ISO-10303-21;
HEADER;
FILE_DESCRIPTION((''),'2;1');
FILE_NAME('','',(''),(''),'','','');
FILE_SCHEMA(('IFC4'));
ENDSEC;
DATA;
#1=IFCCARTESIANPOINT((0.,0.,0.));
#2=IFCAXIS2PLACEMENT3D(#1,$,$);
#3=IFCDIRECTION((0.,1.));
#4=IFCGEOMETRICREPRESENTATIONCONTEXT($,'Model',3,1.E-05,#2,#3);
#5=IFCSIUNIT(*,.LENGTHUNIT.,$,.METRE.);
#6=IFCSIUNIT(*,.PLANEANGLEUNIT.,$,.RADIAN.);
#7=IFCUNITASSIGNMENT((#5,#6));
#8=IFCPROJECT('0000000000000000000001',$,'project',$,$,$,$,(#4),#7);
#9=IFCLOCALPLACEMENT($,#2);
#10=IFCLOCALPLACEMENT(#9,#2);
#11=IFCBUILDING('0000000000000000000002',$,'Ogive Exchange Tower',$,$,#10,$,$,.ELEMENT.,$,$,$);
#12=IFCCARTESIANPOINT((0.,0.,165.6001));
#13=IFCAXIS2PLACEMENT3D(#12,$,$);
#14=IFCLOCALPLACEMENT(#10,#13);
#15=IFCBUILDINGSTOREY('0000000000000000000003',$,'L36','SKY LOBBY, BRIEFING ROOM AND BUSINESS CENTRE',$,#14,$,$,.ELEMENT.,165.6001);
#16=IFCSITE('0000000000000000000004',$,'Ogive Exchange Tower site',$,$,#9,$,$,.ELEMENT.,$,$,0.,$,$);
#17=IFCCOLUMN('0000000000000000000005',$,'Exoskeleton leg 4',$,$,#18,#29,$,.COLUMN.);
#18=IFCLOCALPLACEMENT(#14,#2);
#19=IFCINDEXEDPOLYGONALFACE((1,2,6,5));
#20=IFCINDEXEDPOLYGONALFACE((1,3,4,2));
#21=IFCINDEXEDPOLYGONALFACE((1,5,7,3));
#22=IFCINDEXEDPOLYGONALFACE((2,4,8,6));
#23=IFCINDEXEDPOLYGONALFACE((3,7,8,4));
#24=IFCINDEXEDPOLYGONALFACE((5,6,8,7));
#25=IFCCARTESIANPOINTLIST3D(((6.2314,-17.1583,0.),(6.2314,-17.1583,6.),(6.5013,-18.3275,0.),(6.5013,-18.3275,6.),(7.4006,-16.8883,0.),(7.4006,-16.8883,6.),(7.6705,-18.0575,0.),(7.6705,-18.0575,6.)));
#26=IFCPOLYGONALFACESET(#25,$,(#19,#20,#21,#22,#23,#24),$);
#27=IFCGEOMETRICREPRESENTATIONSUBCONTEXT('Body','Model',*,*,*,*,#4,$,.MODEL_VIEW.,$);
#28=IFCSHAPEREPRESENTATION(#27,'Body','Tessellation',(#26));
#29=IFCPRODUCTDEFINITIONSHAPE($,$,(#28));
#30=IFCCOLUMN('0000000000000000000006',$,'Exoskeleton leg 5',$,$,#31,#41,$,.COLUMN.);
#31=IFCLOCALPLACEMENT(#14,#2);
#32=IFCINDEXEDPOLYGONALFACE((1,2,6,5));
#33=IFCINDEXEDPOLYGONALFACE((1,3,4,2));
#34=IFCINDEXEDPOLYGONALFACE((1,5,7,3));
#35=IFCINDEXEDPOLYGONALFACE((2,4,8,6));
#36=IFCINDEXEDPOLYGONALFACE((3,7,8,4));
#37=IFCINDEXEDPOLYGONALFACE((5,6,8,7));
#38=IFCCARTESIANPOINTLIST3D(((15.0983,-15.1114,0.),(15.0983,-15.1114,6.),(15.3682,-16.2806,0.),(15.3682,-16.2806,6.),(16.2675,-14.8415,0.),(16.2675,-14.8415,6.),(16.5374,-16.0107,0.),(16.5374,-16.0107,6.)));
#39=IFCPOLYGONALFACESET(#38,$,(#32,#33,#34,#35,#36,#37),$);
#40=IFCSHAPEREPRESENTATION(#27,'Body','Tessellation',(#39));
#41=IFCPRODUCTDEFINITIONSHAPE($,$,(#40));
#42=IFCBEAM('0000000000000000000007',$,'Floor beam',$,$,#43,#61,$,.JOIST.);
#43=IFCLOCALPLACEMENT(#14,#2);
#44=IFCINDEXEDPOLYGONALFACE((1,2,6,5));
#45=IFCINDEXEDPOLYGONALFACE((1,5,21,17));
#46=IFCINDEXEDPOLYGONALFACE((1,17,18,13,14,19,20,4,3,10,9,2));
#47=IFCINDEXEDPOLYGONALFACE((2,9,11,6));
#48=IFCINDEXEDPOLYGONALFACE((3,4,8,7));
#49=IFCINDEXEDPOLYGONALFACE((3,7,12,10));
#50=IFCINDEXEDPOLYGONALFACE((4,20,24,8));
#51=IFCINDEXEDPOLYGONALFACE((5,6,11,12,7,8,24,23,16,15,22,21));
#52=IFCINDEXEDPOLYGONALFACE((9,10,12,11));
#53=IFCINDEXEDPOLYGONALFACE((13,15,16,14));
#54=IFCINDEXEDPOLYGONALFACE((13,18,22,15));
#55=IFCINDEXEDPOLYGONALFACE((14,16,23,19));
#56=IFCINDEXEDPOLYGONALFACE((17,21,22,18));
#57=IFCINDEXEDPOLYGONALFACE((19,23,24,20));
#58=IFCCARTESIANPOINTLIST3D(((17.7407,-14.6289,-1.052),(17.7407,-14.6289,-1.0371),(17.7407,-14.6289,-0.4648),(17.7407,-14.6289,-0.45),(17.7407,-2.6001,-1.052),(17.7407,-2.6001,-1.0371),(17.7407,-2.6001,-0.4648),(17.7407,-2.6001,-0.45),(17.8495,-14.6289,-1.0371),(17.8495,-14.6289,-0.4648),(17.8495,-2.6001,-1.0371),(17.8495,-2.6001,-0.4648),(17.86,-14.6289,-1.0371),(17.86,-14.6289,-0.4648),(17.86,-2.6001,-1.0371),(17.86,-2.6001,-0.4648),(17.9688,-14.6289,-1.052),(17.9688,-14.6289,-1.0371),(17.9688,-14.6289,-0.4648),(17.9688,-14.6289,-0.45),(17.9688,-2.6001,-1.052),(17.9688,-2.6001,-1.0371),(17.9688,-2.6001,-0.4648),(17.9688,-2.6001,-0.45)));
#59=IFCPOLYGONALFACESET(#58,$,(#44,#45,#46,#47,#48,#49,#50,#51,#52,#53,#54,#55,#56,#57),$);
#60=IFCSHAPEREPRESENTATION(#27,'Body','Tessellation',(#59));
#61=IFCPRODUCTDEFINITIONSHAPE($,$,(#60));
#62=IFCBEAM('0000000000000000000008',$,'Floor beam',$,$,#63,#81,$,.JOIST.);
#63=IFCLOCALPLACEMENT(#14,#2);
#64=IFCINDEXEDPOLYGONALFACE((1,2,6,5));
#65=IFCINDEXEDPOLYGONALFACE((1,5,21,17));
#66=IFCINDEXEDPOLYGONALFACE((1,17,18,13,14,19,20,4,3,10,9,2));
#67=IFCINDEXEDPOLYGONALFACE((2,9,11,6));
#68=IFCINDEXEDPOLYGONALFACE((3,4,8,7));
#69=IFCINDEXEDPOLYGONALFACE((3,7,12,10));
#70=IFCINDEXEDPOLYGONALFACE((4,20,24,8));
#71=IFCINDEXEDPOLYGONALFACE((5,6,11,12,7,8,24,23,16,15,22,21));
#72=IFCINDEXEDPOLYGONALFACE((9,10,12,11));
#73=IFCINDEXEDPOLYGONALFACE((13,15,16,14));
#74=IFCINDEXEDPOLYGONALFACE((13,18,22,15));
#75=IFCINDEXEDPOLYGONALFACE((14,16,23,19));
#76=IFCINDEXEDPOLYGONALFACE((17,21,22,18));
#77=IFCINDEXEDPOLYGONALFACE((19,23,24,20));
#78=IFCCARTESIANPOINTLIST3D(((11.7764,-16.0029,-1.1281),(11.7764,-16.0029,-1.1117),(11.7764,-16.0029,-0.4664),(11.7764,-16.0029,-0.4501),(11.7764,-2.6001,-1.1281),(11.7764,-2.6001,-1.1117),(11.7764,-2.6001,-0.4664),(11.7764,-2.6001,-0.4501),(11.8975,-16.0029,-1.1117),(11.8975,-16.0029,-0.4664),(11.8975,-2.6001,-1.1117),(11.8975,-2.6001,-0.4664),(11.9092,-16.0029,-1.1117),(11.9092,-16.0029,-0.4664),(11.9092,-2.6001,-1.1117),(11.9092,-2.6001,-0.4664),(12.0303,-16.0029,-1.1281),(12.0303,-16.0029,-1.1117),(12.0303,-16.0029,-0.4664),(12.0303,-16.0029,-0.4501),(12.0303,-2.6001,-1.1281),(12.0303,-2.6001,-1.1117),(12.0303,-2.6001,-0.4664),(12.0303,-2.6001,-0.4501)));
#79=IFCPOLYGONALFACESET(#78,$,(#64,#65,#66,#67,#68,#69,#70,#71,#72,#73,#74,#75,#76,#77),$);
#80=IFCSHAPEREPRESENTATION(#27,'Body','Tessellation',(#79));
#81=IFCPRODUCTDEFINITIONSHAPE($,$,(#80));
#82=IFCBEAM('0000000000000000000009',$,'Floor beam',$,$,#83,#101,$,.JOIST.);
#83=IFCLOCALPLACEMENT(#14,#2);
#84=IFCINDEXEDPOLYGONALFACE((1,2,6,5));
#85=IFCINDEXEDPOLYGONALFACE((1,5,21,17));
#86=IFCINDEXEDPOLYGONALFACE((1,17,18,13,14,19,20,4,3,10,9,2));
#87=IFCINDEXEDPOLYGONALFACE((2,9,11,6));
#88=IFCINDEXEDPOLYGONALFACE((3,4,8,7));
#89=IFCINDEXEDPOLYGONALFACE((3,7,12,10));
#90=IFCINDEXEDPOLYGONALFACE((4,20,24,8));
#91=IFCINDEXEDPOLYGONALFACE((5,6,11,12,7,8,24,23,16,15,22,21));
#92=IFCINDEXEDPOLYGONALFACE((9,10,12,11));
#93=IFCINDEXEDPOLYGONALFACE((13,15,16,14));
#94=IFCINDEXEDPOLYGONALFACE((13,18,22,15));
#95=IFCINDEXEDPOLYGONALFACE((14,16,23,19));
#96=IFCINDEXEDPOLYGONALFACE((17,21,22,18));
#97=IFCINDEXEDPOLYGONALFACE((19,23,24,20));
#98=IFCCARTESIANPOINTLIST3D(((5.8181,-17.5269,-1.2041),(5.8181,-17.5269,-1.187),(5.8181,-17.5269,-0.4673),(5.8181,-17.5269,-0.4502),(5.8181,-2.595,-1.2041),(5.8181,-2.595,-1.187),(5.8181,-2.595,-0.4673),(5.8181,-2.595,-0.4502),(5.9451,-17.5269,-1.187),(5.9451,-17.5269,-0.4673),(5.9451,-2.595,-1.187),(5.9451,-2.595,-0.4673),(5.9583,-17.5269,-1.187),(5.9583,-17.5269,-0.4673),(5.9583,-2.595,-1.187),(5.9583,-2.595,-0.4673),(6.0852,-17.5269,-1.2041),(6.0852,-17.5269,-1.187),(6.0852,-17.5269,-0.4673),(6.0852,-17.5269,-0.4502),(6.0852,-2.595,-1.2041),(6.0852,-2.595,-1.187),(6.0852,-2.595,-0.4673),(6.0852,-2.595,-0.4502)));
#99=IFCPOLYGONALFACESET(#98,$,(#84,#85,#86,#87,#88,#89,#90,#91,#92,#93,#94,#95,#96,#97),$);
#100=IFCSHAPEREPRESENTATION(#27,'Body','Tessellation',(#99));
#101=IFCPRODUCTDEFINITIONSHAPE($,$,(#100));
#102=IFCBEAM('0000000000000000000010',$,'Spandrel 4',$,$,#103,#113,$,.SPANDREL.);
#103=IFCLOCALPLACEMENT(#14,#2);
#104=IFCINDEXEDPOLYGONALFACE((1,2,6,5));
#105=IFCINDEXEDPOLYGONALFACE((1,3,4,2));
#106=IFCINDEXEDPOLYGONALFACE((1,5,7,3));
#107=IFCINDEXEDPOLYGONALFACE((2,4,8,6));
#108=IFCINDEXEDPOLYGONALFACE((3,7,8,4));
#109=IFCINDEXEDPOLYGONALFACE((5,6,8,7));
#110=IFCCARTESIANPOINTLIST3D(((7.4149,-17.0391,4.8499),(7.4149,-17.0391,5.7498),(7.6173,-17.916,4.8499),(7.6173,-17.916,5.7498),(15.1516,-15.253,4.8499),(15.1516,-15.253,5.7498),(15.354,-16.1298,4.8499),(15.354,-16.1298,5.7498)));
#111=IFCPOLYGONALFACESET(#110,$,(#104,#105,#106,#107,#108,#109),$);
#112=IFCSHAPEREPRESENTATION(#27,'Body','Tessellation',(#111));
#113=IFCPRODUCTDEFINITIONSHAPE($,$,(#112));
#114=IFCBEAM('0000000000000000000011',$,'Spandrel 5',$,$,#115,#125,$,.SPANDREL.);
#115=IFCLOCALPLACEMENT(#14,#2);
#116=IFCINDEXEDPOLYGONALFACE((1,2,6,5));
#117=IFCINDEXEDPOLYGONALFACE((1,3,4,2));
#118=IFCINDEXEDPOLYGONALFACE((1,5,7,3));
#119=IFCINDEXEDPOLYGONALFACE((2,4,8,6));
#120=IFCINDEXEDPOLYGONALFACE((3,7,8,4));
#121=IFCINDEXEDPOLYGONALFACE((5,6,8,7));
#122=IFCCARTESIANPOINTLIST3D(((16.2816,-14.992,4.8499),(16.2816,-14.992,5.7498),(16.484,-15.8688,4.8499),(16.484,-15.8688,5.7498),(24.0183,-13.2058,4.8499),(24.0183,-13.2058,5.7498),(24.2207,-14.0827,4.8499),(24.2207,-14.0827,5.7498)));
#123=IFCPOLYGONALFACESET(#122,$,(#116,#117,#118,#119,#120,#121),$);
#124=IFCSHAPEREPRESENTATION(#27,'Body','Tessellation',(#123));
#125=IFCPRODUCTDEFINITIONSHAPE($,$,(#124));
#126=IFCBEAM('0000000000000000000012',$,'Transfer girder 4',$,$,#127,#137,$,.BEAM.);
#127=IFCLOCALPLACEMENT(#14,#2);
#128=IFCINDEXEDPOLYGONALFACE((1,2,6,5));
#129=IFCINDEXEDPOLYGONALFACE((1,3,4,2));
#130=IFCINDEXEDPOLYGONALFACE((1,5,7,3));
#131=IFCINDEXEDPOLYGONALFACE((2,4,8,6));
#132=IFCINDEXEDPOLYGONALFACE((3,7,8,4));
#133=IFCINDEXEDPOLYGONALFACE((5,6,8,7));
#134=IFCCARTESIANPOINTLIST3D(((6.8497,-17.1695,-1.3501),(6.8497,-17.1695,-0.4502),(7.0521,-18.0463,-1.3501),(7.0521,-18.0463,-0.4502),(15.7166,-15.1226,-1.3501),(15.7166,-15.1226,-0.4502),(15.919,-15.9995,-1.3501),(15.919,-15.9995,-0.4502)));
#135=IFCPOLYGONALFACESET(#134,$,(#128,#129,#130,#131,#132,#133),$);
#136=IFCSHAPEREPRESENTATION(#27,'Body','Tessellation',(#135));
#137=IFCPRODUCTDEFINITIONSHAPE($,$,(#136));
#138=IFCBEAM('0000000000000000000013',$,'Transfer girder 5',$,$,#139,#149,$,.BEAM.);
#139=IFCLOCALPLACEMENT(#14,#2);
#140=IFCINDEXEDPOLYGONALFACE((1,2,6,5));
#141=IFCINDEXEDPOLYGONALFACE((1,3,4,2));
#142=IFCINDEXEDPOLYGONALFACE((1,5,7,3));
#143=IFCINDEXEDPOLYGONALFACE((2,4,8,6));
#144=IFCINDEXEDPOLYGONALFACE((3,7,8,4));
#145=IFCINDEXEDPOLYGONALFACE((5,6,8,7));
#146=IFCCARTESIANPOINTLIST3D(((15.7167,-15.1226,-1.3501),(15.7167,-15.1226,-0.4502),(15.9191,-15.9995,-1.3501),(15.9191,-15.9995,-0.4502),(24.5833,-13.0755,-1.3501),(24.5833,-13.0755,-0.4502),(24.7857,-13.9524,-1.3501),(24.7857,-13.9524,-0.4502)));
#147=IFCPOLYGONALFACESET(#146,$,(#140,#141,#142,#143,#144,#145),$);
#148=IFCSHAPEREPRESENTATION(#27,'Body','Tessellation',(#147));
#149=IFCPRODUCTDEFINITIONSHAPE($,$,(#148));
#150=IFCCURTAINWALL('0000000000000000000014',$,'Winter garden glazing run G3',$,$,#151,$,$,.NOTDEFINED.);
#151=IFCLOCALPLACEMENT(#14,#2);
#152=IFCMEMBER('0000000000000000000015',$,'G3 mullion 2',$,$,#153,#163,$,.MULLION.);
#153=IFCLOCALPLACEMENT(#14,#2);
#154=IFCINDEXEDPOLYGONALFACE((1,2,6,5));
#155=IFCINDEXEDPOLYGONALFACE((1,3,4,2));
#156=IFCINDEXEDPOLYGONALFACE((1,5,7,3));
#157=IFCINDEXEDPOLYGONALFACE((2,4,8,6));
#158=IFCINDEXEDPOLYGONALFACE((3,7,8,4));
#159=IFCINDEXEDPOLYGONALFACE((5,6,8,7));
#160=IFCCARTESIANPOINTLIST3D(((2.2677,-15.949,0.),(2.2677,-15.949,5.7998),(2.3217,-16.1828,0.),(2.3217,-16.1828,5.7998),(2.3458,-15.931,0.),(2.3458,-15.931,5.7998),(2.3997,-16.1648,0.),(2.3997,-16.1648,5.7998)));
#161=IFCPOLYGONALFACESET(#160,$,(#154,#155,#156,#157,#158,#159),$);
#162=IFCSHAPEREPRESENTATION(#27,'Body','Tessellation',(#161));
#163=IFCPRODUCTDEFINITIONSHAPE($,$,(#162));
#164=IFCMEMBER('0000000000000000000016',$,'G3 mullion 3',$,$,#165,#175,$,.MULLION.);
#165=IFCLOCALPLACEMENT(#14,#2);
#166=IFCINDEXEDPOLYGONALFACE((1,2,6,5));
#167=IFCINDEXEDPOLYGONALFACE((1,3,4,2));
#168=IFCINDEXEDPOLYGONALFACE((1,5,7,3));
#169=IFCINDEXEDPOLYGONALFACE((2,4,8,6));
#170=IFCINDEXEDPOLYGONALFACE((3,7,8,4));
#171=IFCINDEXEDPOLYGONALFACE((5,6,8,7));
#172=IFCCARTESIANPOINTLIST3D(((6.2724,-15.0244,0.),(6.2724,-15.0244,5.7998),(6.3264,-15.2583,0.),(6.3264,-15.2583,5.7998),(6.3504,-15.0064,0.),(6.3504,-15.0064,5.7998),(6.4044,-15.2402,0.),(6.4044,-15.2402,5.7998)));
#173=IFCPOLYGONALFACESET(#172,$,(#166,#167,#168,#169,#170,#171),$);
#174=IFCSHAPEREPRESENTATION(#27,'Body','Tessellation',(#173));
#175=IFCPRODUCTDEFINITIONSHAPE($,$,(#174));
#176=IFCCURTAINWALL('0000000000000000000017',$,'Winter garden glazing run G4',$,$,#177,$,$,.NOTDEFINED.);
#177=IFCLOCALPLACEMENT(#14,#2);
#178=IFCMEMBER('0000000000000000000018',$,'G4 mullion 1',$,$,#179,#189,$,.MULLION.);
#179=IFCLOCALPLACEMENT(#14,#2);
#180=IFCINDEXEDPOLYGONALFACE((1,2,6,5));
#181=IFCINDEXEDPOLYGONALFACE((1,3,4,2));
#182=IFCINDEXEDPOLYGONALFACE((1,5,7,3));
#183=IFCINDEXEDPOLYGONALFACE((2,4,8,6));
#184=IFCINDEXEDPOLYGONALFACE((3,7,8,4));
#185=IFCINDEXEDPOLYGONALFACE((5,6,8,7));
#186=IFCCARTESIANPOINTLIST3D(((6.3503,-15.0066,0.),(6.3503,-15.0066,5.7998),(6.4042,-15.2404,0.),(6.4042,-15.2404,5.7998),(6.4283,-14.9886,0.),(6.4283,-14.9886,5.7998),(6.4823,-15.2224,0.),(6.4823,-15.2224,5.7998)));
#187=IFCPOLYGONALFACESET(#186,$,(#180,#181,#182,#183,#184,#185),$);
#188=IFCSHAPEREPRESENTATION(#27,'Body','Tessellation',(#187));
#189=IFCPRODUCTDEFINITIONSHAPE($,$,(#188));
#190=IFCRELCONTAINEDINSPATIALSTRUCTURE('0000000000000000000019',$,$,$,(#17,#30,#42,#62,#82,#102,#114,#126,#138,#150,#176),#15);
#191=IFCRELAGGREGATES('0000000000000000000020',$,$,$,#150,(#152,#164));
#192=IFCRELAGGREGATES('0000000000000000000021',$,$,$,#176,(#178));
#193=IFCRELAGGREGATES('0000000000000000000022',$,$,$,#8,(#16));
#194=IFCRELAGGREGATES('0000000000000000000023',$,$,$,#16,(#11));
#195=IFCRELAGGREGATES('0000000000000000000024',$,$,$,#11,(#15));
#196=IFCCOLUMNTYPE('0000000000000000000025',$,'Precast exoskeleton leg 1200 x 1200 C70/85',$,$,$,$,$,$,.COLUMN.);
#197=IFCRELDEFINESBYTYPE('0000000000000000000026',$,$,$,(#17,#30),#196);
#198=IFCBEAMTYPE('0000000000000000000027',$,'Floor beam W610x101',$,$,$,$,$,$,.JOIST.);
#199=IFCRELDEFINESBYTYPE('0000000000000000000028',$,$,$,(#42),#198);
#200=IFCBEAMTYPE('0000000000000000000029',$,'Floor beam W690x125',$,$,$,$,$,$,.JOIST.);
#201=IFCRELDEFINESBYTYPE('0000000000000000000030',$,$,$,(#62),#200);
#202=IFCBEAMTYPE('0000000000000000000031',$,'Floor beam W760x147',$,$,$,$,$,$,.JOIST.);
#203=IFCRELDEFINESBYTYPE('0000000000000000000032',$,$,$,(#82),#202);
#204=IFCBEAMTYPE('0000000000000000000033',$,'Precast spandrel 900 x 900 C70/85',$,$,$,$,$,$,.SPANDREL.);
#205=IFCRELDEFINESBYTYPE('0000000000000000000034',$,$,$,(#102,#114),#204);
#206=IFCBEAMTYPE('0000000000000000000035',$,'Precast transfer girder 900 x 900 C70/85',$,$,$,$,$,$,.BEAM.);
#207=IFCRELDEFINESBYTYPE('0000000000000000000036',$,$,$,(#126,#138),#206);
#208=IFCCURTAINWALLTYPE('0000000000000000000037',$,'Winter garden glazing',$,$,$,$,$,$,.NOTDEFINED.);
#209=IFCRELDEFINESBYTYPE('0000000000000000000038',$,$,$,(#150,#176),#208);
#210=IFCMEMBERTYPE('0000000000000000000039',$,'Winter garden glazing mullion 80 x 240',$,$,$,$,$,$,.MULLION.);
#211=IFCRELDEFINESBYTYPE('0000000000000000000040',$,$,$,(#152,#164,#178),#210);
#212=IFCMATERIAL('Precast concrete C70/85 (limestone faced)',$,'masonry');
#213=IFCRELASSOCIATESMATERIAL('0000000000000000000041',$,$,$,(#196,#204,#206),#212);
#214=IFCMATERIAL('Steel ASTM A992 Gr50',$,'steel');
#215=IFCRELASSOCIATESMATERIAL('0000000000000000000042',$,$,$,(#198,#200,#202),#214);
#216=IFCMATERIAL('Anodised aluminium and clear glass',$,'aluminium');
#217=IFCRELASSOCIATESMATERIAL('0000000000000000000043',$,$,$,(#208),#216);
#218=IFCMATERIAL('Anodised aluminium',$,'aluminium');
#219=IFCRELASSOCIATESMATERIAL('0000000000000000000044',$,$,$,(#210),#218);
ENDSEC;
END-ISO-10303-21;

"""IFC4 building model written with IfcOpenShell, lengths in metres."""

from ifc_helpers import new_model, si_unit, direction, frame, origin, origin_2d, place, context, subcontext, project, spatial, rectangle, i_section, extrude, material, material_profile, profile_set, type_object, element, aggregate, save


model = new_model("IFC4")

# Units and contexts
model_context = context("Model", 3, precision=1e-05, world=origin(), true_north=direction((0.0, 1.0)))
body_context = subcontext(model_context, "Body", "Model", "MODEL_VIEW")
ifc_project = project(units=[si_unit("LENGTHUNIT", "METRE"), si_unit("PLANEANGLEUNIT", "RADIAN")], contexts=[model_context])

# Site, building, storey
site_placement = place(None, origin())
site = spatial("IfcSite", under=ifc_project, at=site_placement, Name="Ogive Exchange Tower site", CompositionType="ELEMENT", RefElevation=0.0)
building_placement = place(site_placement, origin())
building = spatial("IfcBuilding", under=site, at=building_placement, Name="Ogive Exchange Tower", CompositionType="ELEMENT")
storey_placement = place(building_placement, frame((0.0, 0.0, 165.6001)))
storey = spatial("IfcBuildingStorey", under=building, at=storey_placement, Name="L36", Description="SKY LOBBY, BRIEFING ROOM AND BUSINESS CENTRE", CompositionType="ELEMENT", Elevation=165.6001)

# Columns
ifc_material_1 = material(Name="Precast concrete C70/85 (limestone faced)", Category="masonry")
ifc_material_profile_1 = material_profile(ifc_material_1, rectangle(XDim=1.2, YDim=1.2, at=origin_2d()), Name="1200 x 1200")
ifc_profile_set_1 = profile_set([ifc_material_profile_1], Name="Precast concrete C70/85 (limestone faced)")
column_type = type_object("IfcColumnType", Name="Precast exoskeleton leg 1200 x 1200 C70/85", PredefinedType="COLUMN", material=ifc_profile_set_1)
for number, where, z_axis, x_axis, name in (
    (1, (6.9509, -17.6079, 0.0), (0.0, 0.0, 1.0), (0.97437, 0.224951, 0.0), "Exoskeleton leg 4"),
    (2, (15.8179, -15.561, 0.0), (0.0, 0.0, 1.0), (0.97437, 0.224951, 0.0), "Exoskeleton leg 5"),
):
    element("IfcColumn", number, at=place(storey_placement, frame(where, z_axis=z_axis, x_axis=x_axis)), inside=storey, type_object=column_type, Name=name, PredefinedType="COLUMN", context=body_context, shape_type="SweptSolid", body=[
        extrude(rectangle(XDim=1.2, YDim=1.2, at=origin_2d()), origin(), (0.0, 0.0, 1.0), 6.0),
    ])

# Beams
ifc_material_2 = material(Name="Steel ASTM A992 Gr50", Category="steel")
ifc_material_profile_2 = material_profile(ifc_material_2, i_section(OverallWidth=0.228, OverallDepth=0.6021, WebThickness=0.0105, FlangeThickness=0.0149, at=origin_2d()), Name="W610x101")
ifc_profile_set_2 = profile_set([ifc_material_profile_2], Name="Steel ASTM A992 Gr50")
beam_type_1 = type_object("IfcBeamType", Name="Floor beam W610x101", PredefinedType="JOIST", material=ifc_profile_set_2)
beam_1_placement = place(storey_placement, frame((17.8547, -14.6289, -0.751), z_axis=(0.0, 1.0, 0.0), x_axis=(-1.0, 0.0, 0.0)))
element("IfcBeam", 3, at=beam_1_placement, inside=storey, type_object=beam_type_1, Name="Floor beam", PredefinedType="JOIST", context=body_context, shape_type="SweptSolid", body=[
    extrude(i_section(OverallWidth=0.228, OverallDepth=0.6021, WebThickness=0.0105, FlangeThickness=0.0149, at=origin_2d()), origin(), (0.0, 0.0, 1.0), 12.0288),
])
ifc_material_profile_3 = material_profile(ifc_material_2, i_section(OverallWidth=0.2539, OverallDepth=0.678, WebThickness=0.0117, FlangeThickness=0.0164, at=origin_2d()), Name="W690x125")
ifc_profile_set_3 = profile_set([ifc_material_profile_3], Name="Steel ASTM A992 Gr50")
beam_type_2 = type_object("IfcBeamType", Name="Floor beam W690x125", PredefinedType="JOIST", material=ifc_profile_set_3)
beam_2_placement = place(storey_placement, frame((11.9033, -16.0029, -0.7891), z_axis=(0.0, 1.0, 0.0), x_axis=(-1.0, 0.0, 0.0)))
element("IfcBeam", 4, at=beam_2_placement, inside=storey, type_object=beam_type_2, Name="Floor beam", PredefinedType="JOIST", context=body_context, shape_type="SweptSolid", body=[
    extrude(i_section(OverallWidth=0.2539, OverallDepth=0.678, WebThickness=0.0117, FlangeThickness=0.0164, at=origin_2d()), origin(), (0.0, 0.0, 1.0), 13.4028),
])
ifc_material_profile_4 = material_profile(ifc_material_2, i_section(OverallWidth=0.2671, OverallDepth=0.7539, WebThickness=0.0132, FlangeThickness=0.0171, at=origin_2d()), Name="W760x147")
ifc_profile_set_4 = profile_set([ifc_material_profile_4], Name="Steel ASTM A992 Gr50")
beam_type_3 = type_object("IfcBeamType", Name="Floor beam W760x147", PredefinedType="JOIST", material=ifc_profile_set_4)
beam_3_placement = place(storey_placement, frame((5.9517, -17.5269, -0.8271), z_axis=(0.0, 1.0, 0.0), x_axis=(-1.0, 0.0, 0.0)))
element("IfcBeam", 5, at=beam_3_placement, inside=storey, type_object=beam_type_3, Name="Floor beam", PredefinedType="JOIST", context=body_context, shape_type="SweptSolid", body=[
    extrude(i_section(OverallWidth=0.2671, OverallDepth=0.7539, WebThickness=0.0132, FlangeThickness=0.0171, at=origin_2d()), origin(), (0.0, 0.0, 1.0), 14.9319),
])
ifc_material_profile_5 = material_profile(ifc_material_1, rectangle(XDim=0.8999, YDim=0.8999, at=origin_2d()), Name="900 x 900")
ifc_profile_set_5 = profile_set([ifc_material_profile_5], Name="Precast concrete C70/85 (limestone faced)")
beam_type_4 = type_object("IfcBeamType", Name="Precast spandrel 900 x 900 C70/85", PredefinedType="SPANDREL", material=ifc_profile_set_5)
for number, where, z_axis, x_axis, name in (
    (6, (7.5161, -17.4775, 5.2998), (0.97437, 0.224952, 0.0), (-0.224952, 0.97437, 0.0), "Spandrel 4"),
    (7, (16.3828, -15.4304, 5.2998), (0.97437, 0.224952, 0.0), (-0.224952, 0.97437, 0.0), "Spandrel 5"),
):
    element("IfcBeam", number, at=place(storey_placement, frame(where, z_axis=z_axis, x_axis=x_axis)), inside=storey, type_object=beam_type_4, Name=name, PredefinedType="SPANDREL", context=body_context, shape_type="SweptSolid", body=[
        extrude(rectangle(XDim=0.8999, YDim=0.8999, at=origin_2d()), origin(), (0.0, 0.0, 1.0), 7.9402),
    ])
ifc_material_profile_6 = material_profile(ifc_material_1, rectangle(XDim=0.8999, YDim=0.8999, at=origin_2d()), Name="900 x 900")
ifc_profile_set_6 = profile_set([ifc_material_profile_6], Name="Precast concrete C70/85 (limestone faced)")
beam_type_5 = type_object("IfcBeamType", Name="Precast transfer girder 900 x 900 C70/85", PredefinedType="BEAM", material=ifc_profile_set_6)
beam_4_placement = place(storey_placement, frame((6.9509, -17.6079, -0.9001), z_axis=(0.974375, 0.224928, 0.0), x_axis=(-0.224928, 0.974375, 0.0)))
element("IfcBeam", 8, at=beam_4_placement, inside=storey, type_object=beam_type_5, Name="Transfer girder 4", PredefinedType="BEAM", context=body_context, shape_type="SweptSolid", body=[
    extrude(rectangle(XDim=0.8999, YDim=0.8999, at=origin_2d()), origin(), (0.0, 0.0, 1.0), 9.1001),
])
beam_5_placement = place(storey_placement, frame((15.8179, -15.561, -0.9001), z_axis=(0.974368, 0.224959, 0.0), x_axis=(-0.224959, 0.974368, 0.0)))
element("IfcBeam", 9, at=beam_5_placement, inside=storey, type_object=beam_type_5, Name="Transfer girder 5", PredefinedType="BEAM", context=body_context, shape_type="SweptSolid", body=[
    extrude(rectangle(XDim=0.8999, YDim=0.8999, at=origin_2d()), origin(), (0.0, 0.0, 1.0), 9.0999),
])

# Curtain walls, members
ifc_material_3 = material(Name="Anodised aluminium and clear glass", Category="aluminium")
curtain_wall_type = type_object("IfcCurtainWallType", Name="Winter garden glazing", PredefinedType="NOTDEFINED", material=ifc_material_3)
curtain_wall_1_placement = place(storey_placement, origin())
curtain_wall_1 = element("IfcCurtainWall", 10, at=curtain_wall_1_placement, inside=storey, type_object=curtain_wall_type, Name="Winter garden glazing run G3", PredefinedType="NOTDEFINED")
ifc_material_4 = material(Name="Anodised aluminium", Category="aluminium")
ifc_material_profile_7 = material_profile(ifc_material_4, rectangle(XDim=0.24, YDim=0.0801, at=origin_2d()), Name="AL 80x240")
ifc_profile_set_7 = profile_set([ifc_material_profile_7], Name="Anodised aluminium")
member_type_1 = type_object("IfcMemberType", Name="Winter garden glazing mullion 80 x 240", PredefinedType="MULLION", material=ifc_profile_set_7)
member_1_placement = place(storey_placement, frame((2.3337, -16.0569, 0.0), z_axis=(0.0, 0.0, 1.0), x_axis=(-0.224951, 0.97437, 0.0)))
member_1 = element("IfcMember", 11, at=member_1_placement, type_object=member_type_1, Name="G3 mullion 2", PredefinedType="MULLION", context=body_context, shape_type="SweptSolid", body=[
    extrude(rectangle(XDim=0.24, YDim=0.0801, at=origin_2d()), origin(), (0.0, 0.0, 1.0), 5.7998),
])
member_2_placement = place(storey_placement, frame((6.3384, -15.1323, 0.0), z_axis=(0.0, 0.0, 1.0), x_axis=(-0.224951, 0.97437, 0.0)))
member_2 = element("IfcMember", 12, at=member_2_placement, type_object=member_type_1, Name="G3 mullion 3", PredefinedType="MULLION", context=body_context, shape_type="SweptSolid", body=[
    extrude(rectangle(XDim=0.24, YDim=0.0801, at=origin_2d()), origin(), (0.0, 0.0, 1.0), 5.7998),
])
curtain_wall_2_placement = place(storey_placement, origin())
curtain_wall_2 = element("IfcCurtainWall", 13, at=curtain_wall_2_placement, inside=storey, type_object=curtain_wall_type, Name="Winter garden glazing run G4", PredefinedType="NOTDEFINED")
member_3_placement = place(storey_placement, frame((6.4163, -15.1145, 0.0), z_axis=(0.0, 0.0, 1.0), x_axis=(-0.224954, 0.974369, 0.0)))
member_3 = element("IfcMember", 14, at=member_3_placement, type_object=member_type_1, Name="G4 mullion 1", PredefinedType="MULLION", context=body_context, shape_type="SweptSolid", body=[
    extrude(rectangle(XDim=0.24, YDim=0.0801, at=origin_2d()), origin(), (0.0, 0.0, 1.0), 5.7998),
])

aggregate(curtain_wall_1, [member_1, member_2])
aggregate(curtain_wall_2, [member_3])

save(model, "model.ifc")
